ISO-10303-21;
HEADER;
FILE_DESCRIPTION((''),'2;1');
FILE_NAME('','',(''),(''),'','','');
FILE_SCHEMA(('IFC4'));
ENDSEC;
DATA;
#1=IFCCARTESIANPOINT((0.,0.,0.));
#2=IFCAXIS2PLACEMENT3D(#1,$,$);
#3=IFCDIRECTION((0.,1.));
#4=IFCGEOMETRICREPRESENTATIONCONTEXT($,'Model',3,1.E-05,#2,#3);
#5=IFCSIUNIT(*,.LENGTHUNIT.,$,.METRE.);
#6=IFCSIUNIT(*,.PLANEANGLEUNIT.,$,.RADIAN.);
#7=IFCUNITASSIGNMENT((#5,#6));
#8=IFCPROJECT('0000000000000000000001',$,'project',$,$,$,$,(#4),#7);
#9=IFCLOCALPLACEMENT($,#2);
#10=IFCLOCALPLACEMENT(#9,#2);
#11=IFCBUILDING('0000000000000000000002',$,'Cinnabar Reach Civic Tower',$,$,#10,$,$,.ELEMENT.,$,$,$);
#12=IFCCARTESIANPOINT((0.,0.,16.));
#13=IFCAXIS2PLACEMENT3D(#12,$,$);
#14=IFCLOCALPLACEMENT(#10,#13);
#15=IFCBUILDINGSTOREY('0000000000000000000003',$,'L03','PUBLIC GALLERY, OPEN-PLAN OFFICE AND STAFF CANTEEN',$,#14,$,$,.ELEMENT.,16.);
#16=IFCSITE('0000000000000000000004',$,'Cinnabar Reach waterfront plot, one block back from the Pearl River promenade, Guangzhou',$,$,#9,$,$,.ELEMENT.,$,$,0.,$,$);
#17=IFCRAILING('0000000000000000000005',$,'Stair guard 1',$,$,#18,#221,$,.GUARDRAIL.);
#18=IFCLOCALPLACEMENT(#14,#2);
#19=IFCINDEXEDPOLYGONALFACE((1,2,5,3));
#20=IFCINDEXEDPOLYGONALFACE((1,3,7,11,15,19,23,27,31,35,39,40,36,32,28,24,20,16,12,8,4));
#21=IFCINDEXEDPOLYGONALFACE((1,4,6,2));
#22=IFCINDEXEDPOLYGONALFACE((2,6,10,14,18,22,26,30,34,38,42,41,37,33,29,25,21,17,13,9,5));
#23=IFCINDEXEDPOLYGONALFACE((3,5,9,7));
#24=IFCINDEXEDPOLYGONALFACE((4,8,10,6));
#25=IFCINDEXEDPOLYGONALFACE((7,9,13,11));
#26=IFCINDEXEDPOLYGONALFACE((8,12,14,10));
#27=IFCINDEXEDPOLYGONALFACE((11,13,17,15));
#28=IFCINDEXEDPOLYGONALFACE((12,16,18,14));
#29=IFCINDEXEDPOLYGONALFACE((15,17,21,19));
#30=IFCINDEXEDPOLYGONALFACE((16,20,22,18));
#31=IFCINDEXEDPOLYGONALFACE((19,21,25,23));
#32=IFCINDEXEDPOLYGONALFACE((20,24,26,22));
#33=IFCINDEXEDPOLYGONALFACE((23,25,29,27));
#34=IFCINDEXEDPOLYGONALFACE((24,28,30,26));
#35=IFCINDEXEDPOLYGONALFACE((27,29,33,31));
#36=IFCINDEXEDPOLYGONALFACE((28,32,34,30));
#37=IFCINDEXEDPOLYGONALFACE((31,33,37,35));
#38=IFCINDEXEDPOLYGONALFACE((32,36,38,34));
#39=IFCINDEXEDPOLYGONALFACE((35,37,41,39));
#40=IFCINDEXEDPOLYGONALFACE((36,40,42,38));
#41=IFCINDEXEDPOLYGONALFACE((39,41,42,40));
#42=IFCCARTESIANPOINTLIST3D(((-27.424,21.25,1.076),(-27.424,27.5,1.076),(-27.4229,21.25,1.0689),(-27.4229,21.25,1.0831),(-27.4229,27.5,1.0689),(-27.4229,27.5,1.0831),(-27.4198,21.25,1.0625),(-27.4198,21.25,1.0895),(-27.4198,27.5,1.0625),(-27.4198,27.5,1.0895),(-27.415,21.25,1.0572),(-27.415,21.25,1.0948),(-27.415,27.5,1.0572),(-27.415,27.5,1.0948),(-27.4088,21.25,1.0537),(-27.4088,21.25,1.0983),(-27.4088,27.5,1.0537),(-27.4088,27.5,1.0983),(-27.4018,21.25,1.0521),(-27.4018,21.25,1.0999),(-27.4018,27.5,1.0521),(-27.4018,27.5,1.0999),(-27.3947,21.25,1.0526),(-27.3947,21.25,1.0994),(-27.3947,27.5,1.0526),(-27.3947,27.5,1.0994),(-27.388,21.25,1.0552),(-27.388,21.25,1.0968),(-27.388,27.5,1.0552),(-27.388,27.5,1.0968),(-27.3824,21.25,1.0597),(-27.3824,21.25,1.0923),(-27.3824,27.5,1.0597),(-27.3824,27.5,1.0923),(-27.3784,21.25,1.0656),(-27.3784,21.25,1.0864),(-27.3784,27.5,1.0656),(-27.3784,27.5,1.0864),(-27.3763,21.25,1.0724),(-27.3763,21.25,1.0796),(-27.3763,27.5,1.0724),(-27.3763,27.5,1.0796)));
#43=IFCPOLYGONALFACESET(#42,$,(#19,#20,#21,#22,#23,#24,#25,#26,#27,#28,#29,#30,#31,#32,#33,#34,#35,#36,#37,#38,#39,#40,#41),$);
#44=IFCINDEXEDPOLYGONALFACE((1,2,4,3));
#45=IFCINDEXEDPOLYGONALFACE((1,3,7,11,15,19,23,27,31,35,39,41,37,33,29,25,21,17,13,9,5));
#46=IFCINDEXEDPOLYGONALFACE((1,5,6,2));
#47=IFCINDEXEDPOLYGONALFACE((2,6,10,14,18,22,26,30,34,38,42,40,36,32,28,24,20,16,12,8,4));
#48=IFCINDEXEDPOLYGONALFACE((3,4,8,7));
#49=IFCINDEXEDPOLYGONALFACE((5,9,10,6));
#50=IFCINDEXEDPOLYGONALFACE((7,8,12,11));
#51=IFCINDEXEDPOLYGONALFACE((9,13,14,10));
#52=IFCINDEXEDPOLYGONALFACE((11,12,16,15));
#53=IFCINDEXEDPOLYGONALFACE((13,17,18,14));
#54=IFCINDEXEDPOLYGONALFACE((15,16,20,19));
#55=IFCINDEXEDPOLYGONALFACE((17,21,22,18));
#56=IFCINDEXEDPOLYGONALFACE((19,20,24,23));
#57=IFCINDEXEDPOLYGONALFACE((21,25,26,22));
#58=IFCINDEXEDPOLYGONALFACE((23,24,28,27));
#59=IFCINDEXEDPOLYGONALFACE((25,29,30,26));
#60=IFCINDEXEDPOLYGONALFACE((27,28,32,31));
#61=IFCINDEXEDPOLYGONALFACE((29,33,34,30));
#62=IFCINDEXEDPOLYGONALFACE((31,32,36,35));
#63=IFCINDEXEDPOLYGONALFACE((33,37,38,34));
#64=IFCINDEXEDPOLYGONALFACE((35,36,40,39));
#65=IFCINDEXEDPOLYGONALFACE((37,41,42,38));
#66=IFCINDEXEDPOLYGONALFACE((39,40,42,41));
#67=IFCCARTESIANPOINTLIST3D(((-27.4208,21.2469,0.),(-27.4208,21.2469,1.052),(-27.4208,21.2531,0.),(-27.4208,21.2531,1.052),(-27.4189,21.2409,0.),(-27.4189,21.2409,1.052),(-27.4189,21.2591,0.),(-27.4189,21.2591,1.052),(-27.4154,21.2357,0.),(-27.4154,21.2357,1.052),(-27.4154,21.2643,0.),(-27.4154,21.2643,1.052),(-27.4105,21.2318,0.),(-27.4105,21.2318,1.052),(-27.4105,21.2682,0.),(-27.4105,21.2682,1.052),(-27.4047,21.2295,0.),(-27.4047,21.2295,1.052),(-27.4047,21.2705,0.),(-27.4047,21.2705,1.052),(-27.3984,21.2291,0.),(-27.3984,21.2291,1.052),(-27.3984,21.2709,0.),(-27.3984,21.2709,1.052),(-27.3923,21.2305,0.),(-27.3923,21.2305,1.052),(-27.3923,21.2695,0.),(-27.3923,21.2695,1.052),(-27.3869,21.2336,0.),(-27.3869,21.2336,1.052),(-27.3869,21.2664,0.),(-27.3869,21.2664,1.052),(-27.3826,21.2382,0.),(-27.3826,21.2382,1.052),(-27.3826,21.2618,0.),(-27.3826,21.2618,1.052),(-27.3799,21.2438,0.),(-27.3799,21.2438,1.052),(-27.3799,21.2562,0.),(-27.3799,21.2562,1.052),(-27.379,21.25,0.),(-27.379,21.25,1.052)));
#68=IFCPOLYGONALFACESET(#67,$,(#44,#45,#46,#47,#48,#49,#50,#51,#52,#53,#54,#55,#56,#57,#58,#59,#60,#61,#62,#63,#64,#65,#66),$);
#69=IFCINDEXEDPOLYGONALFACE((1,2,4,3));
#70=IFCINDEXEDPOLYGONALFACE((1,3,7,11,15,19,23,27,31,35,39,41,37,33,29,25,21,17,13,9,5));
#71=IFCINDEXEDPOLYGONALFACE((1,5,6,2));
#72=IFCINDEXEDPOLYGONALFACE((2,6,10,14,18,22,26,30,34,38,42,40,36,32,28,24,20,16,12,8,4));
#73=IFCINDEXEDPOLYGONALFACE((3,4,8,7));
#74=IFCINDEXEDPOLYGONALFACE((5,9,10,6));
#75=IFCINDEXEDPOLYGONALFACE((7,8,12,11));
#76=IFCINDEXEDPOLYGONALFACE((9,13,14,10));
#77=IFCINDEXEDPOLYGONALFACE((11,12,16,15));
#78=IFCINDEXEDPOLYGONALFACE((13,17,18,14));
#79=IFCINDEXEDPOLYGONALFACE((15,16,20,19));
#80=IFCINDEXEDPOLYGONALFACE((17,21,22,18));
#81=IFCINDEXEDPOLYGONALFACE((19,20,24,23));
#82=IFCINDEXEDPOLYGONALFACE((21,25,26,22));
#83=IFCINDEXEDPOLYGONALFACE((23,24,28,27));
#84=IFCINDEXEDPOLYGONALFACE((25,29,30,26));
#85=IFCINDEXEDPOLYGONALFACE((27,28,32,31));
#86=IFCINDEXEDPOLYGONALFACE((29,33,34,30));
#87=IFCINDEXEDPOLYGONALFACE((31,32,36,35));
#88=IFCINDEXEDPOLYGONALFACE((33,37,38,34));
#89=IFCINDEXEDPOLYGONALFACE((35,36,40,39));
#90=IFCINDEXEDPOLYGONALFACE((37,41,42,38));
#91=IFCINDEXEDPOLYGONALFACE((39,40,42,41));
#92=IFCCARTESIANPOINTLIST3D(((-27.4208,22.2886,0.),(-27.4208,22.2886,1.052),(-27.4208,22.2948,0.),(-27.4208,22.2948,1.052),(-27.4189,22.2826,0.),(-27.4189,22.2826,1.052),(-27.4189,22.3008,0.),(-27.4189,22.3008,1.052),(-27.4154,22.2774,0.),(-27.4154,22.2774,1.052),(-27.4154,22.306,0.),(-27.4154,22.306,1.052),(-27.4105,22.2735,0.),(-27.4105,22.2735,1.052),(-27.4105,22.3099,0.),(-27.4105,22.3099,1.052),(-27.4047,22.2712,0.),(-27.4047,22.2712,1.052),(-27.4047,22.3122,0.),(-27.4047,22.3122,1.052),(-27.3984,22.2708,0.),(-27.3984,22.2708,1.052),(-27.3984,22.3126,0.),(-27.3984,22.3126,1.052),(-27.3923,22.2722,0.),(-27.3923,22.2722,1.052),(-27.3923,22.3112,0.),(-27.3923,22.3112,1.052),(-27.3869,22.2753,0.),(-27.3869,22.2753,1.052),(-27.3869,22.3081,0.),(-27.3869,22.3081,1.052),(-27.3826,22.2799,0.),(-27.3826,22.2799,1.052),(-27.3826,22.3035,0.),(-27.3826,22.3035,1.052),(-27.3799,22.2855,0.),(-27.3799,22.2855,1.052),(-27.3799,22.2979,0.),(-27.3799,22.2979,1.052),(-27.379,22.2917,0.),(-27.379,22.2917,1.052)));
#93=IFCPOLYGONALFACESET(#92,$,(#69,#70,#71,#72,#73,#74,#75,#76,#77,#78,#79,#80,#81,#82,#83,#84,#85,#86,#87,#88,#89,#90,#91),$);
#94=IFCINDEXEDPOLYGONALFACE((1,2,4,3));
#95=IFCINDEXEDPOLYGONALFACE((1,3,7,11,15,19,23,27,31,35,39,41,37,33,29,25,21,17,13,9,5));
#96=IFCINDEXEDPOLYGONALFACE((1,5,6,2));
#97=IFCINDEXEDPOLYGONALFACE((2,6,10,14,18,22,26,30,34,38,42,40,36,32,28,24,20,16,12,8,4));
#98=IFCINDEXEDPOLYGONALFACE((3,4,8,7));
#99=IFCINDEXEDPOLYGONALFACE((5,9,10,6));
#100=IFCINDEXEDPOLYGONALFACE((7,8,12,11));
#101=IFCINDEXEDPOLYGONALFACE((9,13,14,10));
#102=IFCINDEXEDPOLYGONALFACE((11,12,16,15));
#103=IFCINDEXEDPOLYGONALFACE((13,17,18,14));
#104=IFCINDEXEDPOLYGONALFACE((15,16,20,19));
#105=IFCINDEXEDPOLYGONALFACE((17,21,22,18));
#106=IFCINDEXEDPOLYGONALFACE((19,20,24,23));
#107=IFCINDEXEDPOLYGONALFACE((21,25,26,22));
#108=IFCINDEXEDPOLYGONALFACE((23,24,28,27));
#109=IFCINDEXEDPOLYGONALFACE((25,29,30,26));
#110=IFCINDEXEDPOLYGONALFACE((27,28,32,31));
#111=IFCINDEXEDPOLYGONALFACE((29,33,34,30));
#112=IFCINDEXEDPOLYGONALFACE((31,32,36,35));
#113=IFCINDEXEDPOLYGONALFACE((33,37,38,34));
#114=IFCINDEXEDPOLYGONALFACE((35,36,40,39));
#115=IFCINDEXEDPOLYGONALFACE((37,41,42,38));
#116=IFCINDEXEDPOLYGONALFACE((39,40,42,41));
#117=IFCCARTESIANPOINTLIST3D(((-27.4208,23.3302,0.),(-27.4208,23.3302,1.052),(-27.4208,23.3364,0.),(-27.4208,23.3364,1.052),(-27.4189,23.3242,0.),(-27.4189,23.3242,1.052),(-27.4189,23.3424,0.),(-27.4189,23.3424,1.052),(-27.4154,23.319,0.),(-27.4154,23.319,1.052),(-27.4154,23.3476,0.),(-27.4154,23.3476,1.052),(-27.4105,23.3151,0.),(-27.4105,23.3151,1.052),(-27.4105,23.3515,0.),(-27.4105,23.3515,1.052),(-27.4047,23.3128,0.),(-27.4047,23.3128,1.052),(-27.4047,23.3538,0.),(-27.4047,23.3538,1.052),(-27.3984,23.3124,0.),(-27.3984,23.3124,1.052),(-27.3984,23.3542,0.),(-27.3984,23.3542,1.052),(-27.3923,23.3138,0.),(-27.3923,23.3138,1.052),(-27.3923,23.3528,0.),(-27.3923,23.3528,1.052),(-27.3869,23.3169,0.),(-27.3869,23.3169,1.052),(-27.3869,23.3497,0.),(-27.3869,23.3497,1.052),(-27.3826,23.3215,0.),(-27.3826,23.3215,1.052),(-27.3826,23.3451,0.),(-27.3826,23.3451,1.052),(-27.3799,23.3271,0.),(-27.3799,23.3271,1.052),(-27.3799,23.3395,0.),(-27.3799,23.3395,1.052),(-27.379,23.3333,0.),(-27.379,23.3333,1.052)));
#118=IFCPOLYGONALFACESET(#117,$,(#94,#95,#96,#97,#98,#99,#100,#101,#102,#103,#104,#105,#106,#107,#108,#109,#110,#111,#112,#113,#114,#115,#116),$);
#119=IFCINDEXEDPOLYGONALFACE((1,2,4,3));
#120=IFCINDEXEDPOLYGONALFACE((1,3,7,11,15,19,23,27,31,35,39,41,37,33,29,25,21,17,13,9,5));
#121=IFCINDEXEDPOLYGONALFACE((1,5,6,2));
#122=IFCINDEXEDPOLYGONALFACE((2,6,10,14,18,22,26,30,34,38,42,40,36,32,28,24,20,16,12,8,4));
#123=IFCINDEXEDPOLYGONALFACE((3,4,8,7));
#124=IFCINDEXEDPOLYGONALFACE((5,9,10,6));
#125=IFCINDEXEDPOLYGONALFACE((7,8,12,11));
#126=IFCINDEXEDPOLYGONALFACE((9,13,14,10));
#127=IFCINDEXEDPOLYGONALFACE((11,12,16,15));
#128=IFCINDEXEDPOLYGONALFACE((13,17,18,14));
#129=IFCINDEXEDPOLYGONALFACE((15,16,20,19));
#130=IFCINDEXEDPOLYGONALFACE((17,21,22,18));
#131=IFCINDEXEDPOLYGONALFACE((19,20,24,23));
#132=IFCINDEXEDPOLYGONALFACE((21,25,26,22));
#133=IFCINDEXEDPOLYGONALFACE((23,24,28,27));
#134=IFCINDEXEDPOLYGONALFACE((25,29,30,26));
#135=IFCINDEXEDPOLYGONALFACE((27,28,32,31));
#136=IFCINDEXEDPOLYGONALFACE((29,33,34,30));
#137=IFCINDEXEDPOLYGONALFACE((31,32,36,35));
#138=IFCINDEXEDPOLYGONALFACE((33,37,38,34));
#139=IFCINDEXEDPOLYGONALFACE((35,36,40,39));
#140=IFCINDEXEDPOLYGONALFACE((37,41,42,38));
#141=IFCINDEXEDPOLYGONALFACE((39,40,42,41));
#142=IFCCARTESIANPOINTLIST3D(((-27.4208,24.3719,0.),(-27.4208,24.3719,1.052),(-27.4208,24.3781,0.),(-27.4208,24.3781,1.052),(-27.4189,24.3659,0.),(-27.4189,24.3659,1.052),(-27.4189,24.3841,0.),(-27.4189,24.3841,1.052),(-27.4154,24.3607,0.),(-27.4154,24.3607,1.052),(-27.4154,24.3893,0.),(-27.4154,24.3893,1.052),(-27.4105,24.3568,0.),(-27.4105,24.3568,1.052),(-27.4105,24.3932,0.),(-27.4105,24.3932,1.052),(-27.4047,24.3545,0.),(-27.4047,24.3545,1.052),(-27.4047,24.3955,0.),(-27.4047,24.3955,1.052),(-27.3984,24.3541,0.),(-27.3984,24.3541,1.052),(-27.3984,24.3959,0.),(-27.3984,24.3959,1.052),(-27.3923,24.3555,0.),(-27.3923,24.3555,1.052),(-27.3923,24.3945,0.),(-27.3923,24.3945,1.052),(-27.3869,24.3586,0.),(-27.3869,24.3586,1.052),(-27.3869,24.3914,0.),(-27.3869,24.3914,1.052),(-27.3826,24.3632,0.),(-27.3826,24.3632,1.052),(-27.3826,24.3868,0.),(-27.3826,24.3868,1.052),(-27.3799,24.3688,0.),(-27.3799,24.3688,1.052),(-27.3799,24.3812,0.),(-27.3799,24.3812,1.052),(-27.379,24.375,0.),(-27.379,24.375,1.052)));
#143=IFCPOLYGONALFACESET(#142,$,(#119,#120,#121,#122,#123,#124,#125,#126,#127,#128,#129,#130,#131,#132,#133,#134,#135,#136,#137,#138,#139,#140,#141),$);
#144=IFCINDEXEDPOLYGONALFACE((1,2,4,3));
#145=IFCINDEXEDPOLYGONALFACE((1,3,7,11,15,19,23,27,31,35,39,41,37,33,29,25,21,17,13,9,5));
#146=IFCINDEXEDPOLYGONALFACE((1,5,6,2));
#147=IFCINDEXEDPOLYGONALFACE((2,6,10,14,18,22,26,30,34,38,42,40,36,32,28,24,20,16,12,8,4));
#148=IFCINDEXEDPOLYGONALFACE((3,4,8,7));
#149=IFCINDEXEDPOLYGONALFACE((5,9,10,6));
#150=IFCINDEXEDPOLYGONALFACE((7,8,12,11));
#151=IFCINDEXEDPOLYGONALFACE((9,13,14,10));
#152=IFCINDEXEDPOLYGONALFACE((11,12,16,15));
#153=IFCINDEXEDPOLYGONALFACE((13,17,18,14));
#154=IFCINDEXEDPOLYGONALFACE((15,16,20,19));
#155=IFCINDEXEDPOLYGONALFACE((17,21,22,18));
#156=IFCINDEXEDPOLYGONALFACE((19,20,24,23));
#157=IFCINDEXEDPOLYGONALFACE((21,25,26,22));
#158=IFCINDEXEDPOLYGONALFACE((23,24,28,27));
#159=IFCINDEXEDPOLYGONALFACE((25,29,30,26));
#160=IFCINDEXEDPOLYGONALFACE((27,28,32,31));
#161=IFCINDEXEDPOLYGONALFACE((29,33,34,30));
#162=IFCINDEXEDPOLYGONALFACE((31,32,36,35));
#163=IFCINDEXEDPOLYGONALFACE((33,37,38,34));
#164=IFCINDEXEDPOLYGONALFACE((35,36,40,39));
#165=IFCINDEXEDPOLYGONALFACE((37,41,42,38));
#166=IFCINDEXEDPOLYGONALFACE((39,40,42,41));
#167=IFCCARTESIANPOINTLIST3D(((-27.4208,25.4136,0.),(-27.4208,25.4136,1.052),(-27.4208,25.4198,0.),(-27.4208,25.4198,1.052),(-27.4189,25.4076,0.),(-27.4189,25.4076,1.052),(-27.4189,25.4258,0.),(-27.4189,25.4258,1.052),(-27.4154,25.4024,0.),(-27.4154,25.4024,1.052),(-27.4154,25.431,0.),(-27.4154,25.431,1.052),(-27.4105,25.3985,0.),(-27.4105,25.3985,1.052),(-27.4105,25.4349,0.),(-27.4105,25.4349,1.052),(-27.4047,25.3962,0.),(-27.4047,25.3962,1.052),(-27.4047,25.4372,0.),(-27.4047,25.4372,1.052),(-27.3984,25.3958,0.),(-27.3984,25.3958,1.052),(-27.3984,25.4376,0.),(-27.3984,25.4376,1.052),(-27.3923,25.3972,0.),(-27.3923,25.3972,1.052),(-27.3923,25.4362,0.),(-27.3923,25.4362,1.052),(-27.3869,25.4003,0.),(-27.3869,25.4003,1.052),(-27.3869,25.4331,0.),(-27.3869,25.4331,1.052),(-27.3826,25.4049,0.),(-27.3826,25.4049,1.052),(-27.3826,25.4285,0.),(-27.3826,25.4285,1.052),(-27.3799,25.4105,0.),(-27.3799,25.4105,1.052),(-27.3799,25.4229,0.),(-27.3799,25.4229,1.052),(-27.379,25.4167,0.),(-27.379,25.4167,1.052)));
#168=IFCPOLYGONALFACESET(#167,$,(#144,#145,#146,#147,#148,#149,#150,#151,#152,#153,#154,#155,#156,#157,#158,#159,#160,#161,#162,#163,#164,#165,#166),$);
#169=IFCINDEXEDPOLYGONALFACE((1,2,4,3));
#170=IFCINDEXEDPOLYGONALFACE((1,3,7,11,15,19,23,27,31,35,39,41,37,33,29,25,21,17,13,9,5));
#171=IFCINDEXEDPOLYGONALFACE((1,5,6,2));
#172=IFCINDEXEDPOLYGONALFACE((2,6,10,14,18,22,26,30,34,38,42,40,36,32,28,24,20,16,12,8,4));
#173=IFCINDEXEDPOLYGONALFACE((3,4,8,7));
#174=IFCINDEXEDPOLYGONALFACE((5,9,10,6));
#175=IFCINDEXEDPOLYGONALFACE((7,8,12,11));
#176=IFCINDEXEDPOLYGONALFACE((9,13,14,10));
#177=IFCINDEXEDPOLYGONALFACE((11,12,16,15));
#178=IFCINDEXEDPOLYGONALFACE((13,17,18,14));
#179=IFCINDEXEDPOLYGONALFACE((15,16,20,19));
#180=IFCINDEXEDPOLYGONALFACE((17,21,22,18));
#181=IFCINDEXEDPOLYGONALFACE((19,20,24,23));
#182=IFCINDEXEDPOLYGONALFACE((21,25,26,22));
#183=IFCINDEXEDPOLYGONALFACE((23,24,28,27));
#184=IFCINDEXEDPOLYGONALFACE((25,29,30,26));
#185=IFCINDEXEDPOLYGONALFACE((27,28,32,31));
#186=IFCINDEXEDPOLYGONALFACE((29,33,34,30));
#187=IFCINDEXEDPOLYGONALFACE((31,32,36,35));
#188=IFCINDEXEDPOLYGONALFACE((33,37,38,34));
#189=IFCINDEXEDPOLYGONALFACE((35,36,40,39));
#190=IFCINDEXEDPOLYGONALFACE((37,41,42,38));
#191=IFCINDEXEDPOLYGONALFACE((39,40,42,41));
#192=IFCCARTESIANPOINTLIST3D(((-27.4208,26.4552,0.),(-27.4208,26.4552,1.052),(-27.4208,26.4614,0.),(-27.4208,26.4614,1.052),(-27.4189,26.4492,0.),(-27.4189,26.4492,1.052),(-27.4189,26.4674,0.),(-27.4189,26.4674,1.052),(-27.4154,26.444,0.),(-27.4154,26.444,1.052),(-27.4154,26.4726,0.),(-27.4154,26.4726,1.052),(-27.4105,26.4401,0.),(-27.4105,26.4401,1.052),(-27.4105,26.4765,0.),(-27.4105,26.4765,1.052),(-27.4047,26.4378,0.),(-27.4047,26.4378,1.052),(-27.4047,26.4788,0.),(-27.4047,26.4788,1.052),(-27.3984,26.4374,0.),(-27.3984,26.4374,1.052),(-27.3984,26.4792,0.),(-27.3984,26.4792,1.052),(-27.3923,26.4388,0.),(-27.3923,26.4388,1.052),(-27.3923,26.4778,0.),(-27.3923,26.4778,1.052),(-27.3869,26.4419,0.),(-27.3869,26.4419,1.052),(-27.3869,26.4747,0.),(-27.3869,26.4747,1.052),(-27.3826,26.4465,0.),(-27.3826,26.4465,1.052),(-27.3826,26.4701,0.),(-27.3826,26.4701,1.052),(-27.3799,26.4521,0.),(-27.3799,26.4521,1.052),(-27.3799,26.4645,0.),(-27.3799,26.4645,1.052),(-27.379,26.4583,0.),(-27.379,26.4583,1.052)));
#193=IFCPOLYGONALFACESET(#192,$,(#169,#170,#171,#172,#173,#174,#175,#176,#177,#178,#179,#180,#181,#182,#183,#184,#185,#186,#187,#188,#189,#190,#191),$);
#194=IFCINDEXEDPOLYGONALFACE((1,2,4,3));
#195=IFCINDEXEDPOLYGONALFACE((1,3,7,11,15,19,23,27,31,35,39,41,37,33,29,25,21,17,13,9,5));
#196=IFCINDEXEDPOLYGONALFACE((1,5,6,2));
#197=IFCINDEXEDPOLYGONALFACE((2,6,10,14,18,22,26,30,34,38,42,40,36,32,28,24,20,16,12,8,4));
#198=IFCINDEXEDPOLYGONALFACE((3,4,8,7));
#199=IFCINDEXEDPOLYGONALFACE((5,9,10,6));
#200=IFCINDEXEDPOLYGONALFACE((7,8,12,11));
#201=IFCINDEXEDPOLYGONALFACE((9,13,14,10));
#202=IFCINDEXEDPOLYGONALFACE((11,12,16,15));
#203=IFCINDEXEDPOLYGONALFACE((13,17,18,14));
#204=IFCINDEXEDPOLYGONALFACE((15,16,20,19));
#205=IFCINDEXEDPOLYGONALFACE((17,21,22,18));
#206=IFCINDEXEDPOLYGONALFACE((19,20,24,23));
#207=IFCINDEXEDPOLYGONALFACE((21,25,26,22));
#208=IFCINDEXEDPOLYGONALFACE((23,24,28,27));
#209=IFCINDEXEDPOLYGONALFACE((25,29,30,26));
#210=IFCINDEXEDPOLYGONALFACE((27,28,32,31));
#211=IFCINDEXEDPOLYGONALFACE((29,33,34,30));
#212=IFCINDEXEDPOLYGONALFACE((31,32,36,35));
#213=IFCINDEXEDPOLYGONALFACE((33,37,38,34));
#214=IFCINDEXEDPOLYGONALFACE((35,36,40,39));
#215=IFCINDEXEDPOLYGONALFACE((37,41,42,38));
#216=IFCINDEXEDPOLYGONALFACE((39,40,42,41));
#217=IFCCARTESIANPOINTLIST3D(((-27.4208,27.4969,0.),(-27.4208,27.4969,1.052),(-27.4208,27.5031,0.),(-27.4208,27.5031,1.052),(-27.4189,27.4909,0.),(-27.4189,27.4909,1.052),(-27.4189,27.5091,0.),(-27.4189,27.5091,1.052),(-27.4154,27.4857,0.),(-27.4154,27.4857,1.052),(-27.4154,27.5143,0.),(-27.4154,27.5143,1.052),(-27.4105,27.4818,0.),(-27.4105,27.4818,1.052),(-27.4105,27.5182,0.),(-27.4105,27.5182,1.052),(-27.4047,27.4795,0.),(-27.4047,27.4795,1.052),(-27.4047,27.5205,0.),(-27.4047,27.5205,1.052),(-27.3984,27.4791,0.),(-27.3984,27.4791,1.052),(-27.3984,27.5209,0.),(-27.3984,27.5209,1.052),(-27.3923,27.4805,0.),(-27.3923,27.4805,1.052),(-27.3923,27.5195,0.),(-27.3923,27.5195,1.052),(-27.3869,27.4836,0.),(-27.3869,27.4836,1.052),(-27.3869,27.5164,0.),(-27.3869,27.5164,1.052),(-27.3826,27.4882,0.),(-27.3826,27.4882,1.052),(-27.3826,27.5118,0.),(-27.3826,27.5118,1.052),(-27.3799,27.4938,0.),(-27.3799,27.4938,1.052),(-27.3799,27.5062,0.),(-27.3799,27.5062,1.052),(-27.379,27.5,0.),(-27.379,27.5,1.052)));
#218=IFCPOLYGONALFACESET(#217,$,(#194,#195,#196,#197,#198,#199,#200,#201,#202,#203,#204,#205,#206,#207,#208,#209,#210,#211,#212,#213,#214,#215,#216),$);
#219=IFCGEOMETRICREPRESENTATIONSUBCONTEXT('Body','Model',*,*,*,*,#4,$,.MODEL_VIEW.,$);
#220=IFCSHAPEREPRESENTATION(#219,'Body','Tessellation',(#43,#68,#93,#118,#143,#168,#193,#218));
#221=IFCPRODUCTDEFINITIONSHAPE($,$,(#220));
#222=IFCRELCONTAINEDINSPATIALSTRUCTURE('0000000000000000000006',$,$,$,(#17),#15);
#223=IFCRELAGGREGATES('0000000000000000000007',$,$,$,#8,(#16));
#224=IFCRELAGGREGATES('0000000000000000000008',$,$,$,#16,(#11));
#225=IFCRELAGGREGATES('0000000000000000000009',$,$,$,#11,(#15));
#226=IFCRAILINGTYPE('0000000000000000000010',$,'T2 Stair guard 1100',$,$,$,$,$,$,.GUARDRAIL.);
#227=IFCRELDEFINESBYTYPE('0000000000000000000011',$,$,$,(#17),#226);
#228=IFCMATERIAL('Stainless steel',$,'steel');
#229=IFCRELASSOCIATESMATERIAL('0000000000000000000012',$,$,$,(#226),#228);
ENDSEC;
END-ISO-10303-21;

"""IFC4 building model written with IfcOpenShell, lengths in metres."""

from ifc_helpers import new_model, si_unit, direction, frame, origin, origin_2d, place, context, subcontext, project, spatial, circle, extrude, material, type_object, element, save


model = new_model("IFC4")

# Units and contexts
model_context = context("Model", 3, precision=1e-05, world=origin(), true_north=direction((0.0, 1.0)))
body_context = subcontext(model_context, "Body", "Model", "MODEL_VIEW")
ifc_project = project(units=[si_unit("LENGTHUNIT", "METRE"), si_unit("PLANEANGLEUNIT", "RADIAN")], contexts=[model_context])

# Site, building, storey
site_placement = place(None, origin())
site = spatial("IfcSite", under=ifc_project, at=site_placement, Name="Cinnabar Reach waterfront plot, one block back from the Pearl River promenade, Guangzhou", CompositionType="ELEMENT", RefElevation=0.0)
building_placement = place(site_placement, origin())
building = spatial("IfcBuilding", under=site, at=building_placement, Name="Cinnabar Reach Civic Tower", CompositionType="ELEMENT")
storey_placement = place(building_placement, frame((0.0, 0.0, 16.0)))
storey = spatial("IfcBuildingStorey", under=building, at=storey_placement, Name="L03", Description="PUBLIC GALLERY, OPEN-PLAN OFFICE AND STAFF CANTEEN", CompositionType="ELEMENT", Elevation=16.0)

# Railing
ifc_material_1 = material(Name="Stainless steel", Category="steel")
railing_type = type_object("IfcRailingType", Name="T2 Stair guard 1100", PredefinedType="GUARDRAIL", material=ifc_material_1)
for number, where, name in (
    (1, (-27.4, 21.25, 0.0), "Stair guard 1"),
):
    element("IfcRailing", number, at=place(storey_placement, frame(where)), inside=storey, type_object=railing_type, Name=name, PredefinedType="GUARDRAIL", context=body_context, shape_type="SweptSolid", body=[
        extrude(circle(Radius=0.024, at=origin_2d()), frame((0.0, 0.0, 1.076), z_axis=(0.0, 1.0, 0.0), x_axis=(-1.0, 0.0, 0.0)), (0.0, 0.0, 1.0), 6.25),
        extrude(circle(Radius=0.021, at=origin_2d()), origin(), (0.0, 0.0, 1.0), 1.052),
        extrude(circle(Radius=0.021, at=origin_2d()), frame((0.0, 1.0417, 0.0)), (0.0, 0.0, 1.0), 1.052),
        extrude(circle(Radius=0.021, at=origin_2d()), frame((0.0, 2.0833, 0.0)), (0.0, 0.0, 1.0), 1.052),
        extrude(circle(Radius=0.021, at=origin_2d()), frame((0.0, 3.125, 0.0)), (0.0, 0.0, 1.0), 1.052),
        extrude(circle(Radius=0.021, at=origin_2d()), frame((0.0, 4.1667, 0.0)), (0.0, 0.0, 1.0), 1.052),
        extrude(circle(Radius=0.021, at=origin_2d()), frame((0.0, 5.2083, 0.0)), (0.0, 0.0, 1.0), 1.052),
        extrude(circle(Radius=0.021, at=origin_2d()), frame((0.0, 6.25, 0.0)), (0.0, 0.0, 1.0), 1.052),
    ])

save(model, "model.ifc")
